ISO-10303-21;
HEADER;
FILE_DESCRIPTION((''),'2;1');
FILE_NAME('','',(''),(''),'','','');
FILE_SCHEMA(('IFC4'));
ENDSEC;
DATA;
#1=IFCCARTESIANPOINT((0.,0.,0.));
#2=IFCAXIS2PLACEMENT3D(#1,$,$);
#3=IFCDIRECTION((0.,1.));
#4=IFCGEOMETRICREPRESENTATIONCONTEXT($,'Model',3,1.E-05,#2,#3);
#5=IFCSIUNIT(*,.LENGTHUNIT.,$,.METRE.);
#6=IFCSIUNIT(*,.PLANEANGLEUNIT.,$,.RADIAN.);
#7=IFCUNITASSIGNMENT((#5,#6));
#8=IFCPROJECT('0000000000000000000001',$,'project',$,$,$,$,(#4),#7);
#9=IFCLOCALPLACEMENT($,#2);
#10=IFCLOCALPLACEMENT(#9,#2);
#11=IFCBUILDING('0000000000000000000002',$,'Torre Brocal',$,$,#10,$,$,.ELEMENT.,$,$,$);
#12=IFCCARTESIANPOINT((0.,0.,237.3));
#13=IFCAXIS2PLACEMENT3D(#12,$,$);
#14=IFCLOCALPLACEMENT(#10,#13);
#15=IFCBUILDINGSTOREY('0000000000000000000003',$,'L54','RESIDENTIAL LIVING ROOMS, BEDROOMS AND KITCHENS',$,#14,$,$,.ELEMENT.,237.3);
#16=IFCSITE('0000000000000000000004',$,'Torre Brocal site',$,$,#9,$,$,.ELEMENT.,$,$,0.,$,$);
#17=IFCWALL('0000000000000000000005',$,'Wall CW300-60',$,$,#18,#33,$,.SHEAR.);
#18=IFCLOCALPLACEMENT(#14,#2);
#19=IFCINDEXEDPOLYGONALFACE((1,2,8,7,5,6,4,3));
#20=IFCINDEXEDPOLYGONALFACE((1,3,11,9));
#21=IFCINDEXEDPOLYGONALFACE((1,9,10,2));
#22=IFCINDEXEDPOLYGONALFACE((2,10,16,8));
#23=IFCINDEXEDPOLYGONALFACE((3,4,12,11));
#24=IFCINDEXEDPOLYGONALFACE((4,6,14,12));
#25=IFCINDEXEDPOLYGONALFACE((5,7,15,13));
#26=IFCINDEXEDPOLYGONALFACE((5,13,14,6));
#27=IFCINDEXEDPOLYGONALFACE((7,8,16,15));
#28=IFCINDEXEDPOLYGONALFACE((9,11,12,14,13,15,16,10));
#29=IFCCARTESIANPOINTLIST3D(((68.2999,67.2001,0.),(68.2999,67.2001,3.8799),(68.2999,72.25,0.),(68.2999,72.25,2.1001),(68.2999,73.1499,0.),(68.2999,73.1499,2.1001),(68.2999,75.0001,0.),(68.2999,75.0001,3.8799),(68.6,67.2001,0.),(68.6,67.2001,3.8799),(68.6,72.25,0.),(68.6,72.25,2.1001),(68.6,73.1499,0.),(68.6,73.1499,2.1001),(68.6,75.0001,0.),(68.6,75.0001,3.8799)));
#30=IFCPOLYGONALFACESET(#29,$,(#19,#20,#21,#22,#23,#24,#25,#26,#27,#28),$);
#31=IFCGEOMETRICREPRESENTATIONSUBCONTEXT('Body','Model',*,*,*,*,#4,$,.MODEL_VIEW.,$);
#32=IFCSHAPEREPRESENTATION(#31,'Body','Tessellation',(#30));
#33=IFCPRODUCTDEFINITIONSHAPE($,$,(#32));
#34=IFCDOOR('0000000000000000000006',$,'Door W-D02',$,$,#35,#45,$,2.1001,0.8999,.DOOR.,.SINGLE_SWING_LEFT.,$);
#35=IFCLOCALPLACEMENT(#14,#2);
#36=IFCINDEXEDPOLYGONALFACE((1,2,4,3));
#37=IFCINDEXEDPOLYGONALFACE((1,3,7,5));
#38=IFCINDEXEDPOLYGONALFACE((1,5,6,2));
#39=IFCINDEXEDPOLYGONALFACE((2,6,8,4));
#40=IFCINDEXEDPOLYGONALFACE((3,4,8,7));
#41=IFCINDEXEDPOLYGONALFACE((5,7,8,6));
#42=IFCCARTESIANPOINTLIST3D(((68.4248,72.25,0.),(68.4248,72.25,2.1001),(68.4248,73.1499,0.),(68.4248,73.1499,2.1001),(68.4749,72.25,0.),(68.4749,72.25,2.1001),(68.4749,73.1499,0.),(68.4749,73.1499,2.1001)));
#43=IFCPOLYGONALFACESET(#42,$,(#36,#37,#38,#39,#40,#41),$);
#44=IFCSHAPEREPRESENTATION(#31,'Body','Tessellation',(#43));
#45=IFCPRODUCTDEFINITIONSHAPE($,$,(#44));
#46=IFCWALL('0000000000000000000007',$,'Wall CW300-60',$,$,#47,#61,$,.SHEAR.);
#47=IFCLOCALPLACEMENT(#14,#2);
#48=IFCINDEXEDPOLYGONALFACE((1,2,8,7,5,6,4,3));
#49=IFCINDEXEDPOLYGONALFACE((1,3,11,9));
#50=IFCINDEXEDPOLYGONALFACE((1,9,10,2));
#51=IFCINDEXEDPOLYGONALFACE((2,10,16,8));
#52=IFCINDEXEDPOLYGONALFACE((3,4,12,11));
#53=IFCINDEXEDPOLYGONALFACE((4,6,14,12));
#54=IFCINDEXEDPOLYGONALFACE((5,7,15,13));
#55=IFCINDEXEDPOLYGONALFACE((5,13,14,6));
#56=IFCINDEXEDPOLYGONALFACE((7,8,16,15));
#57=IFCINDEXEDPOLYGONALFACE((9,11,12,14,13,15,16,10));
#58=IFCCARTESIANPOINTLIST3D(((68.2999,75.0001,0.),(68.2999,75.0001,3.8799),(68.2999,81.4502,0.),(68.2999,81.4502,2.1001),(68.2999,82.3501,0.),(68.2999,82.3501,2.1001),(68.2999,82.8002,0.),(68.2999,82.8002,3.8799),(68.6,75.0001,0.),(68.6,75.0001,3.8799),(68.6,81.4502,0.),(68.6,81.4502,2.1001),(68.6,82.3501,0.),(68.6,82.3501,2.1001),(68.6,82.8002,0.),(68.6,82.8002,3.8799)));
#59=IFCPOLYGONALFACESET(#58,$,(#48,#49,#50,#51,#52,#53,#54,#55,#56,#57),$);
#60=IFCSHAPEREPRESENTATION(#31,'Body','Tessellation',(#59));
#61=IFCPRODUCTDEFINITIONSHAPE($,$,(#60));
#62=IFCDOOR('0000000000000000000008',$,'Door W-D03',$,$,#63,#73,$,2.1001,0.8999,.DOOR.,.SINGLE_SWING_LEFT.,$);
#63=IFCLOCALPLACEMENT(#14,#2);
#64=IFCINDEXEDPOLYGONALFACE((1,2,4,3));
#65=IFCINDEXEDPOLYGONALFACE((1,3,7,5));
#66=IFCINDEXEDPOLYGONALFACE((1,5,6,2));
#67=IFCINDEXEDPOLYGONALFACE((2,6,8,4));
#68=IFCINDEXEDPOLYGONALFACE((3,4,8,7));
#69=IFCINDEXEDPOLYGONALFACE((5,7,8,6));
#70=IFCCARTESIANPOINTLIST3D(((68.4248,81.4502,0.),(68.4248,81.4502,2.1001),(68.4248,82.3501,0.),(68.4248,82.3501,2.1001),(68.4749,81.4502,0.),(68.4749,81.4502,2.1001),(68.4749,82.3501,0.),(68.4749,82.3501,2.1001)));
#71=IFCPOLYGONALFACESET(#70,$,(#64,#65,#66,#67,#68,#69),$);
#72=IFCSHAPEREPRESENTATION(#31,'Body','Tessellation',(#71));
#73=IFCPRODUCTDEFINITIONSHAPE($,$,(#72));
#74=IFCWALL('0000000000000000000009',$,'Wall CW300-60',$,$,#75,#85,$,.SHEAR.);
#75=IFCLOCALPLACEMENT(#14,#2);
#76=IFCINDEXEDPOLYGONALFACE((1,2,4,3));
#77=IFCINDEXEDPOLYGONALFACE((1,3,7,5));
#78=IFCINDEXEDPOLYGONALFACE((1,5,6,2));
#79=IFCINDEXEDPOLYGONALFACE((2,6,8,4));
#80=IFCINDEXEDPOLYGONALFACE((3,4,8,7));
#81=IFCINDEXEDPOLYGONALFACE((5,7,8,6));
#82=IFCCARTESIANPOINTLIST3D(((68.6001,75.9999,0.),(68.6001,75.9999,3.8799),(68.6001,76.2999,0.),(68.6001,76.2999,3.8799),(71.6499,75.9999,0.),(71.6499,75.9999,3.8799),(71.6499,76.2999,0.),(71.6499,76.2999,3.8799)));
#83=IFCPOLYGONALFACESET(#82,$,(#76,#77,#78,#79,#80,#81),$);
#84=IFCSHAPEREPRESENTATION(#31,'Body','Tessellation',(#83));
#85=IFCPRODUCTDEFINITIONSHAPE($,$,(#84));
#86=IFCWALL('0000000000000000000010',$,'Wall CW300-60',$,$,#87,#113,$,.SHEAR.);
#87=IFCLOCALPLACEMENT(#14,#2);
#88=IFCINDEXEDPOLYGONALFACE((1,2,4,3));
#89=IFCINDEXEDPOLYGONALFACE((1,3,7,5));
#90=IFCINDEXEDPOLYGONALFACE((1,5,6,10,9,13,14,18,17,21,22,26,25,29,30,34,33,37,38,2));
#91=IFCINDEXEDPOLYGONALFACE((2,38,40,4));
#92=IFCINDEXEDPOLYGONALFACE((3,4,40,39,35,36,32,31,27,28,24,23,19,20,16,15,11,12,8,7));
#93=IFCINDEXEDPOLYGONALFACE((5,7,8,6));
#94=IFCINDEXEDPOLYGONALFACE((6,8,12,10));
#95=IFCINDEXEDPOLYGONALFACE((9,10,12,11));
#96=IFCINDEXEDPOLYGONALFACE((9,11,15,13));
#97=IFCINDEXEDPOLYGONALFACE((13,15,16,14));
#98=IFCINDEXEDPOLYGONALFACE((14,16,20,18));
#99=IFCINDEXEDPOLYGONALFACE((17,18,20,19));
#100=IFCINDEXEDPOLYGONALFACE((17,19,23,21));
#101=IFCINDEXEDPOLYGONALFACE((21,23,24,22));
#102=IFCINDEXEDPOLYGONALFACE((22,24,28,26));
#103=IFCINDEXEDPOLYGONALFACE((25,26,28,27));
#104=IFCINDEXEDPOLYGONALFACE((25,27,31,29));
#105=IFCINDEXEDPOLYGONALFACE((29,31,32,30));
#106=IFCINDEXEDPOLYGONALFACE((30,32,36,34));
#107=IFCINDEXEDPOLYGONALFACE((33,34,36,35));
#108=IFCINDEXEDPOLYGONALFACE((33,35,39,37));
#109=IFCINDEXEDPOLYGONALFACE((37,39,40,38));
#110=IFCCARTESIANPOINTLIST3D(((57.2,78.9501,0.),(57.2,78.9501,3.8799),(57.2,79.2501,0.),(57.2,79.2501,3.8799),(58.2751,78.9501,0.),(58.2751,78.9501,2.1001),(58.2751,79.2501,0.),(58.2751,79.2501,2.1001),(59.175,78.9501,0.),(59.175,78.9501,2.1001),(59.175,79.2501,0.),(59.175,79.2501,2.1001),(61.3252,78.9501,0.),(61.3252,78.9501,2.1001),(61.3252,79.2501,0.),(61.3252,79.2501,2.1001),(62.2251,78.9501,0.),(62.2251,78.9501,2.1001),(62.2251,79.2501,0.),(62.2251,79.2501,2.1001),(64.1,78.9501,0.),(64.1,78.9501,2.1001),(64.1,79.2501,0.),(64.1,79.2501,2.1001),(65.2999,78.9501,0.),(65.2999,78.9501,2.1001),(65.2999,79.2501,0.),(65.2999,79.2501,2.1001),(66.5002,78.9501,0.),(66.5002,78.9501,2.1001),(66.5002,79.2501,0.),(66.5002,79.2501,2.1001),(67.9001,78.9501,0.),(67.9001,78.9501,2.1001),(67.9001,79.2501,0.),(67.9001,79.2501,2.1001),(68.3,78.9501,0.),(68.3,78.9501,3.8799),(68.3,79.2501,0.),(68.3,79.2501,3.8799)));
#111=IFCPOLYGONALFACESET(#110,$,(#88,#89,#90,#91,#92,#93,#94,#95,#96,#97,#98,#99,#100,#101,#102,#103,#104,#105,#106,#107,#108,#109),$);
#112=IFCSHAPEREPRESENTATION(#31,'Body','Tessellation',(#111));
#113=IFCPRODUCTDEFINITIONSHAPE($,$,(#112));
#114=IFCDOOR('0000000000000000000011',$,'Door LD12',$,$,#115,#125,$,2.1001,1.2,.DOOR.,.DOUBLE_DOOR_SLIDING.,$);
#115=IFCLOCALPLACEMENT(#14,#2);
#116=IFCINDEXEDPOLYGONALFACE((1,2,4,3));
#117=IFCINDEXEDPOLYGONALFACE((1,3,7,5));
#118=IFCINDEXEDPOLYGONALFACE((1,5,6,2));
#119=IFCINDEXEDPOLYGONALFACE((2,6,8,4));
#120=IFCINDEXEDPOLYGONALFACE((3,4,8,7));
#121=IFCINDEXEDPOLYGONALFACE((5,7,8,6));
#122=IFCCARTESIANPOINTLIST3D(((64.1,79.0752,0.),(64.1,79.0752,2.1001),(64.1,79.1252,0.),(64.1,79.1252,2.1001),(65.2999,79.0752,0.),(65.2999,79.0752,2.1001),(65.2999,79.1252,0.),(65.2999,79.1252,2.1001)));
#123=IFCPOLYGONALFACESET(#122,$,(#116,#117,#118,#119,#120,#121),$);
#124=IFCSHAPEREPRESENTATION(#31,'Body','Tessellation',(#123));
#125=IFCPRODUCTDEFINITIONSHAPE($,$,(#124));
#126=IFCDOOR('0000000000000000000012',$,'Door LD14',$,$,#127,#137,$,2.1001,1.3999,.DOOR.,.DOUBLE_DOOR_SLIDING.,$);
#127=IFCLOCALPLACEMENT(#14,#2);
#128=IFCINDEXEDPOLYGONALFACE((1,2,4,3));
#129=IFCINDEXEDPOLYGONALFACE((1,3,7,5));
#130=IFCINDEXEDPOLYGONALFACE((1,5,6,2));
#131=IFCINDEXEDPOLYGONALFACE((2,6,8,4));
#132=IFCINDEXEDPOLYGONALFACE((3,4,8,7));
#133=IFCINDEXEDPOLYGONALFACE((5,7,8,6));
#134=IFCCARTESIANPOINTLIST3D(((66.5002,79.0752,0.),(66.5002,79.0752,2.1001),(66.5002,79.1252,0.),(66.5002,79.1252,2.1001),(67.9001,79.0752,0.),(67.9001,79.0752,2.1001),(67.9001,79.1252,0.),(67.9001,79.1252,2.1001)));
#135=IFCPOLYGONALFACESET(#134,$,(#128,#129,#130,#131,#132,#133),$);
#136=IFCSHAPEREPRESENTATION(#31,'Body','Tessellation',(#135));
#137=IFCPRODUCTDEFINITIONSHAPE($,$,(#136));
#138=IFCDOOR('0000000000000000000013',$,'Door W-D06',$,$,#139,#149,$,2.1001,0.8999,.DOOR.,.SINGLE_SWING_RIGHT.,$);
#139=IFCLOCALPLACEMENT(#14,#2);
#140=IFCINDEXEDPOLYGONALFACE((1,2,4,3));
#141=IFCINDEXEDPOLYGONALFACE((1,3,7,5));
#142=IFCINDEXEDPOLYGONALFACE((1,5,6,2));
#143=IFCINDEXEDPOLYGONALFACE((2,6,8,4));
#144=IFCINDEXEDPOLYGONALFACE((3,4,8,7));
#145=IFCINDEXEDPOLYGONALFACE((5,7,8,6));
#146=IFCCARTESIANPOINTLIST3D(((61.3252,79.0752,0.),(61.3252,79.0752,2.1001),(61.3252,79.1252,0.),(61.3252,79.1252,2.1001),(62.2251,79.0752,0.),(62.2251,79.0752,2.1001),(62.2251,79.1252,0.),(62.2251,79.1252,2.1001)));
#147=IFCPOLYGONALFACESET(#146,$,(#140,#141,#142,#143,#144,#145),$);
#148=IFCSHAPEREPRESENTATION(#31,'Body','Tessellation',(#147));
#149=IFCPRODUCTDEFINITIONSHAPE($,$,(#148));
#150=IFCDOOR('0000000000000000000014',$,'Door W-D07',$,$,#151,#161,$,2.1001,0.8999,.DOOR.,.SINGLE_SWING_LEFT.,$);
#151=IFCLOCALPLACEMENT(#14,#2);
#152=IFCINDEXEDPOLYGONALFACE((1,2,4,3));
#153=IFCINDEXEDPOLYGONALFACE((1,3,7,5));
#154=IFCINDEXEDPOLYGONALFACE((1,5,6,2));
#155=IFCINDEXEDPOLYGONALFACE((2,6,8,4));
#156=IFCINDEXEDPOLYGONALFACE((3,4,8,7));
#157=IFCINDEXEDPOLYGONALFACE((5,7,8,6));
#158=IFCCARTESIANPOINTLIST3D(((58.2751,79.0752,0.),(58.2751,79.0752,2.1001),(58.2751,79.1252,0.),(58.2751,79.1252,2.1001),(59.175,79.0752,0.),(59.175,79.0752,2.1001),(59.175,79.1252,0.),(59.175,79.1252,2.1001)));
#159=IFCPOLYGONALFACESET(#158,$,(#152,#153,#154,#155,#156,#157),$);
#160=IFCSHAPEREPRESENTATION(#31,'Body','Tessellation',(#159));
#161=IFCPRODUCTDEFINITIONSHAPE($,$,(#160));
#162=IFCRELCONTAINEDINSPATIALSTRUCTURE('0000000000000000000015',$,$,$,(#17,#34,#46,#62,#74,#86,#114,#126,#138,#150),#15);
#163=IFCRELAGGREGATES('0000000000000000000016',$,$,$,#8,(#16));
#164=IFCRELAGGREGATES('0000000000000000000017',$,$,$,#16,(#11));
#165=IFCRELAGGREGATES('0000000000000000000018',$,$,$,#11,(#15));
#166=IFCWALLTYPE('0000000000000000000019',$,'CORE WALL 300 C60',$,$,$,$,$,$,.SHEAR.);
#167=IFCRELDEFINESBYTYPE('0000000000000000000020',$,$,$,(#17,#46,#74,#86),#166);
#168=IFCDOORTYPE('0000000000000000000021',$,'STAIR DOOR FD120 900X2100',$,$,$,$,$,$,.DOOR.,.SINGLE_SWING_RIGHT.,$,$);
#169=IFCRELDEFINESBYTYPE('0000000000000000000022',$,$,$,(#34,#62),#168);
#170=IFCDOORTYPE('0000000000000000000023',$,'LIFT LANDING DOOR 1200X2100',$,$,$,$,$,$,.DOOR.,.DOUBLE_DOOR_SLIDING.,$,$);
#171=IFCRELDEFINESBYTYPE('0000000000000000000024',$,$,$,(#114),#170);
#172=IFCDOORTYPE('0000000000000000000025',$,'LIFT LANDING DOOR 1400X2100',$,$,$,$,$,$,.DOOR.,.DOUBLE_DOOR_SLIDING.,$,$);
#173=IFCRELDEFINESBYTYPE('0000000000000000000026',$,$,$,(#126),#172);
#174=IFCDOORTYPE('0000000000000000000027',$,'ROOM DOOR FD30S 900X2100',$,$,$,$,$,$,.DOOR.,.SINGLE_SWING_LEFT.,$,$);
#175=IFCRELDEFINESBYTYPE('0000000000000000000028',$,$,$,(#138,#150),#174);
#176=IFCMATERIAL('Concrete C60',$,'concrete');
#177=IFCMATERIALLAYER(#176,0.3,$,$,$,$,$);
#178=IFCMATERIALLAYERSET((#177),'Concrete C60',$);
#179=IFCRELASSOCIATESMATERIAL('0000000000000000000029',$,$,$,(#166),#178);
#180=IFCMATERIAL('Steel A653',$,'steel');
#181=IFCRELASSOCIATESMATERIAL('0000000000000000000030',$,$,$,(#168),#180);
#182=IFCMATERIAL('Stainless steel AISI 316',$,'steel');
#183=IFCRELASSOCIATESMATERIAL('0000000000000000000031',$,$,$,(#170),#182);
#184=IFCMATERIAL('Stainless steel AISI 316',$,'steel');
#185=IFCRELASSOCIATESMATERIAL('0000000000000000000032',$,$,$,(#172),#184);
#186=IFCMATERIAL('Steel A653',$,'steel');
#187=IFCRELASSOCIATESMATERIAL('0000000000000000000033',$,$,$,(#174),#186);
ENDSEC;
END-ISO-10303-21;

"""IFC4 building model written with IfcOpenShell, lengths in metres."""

from ifc_helpers import new_model, si_unit, direction, frame, frame_2d, origin, place, context, subcontext, project, spatial, rectangle, extrude, material, layer, layer_set, type_object, element, fill, save


model = new_model("IFC4")

# Units and contexts
model_context = context("Model", 3, precision=1e-05, world=origin(), true_north=direction((0.0, 1.0)))
body_context = subcontext(model_context, "Body", "Model", "MODEL_VIEW")
ifc_project = project(units=[si_unit("LENGTHUNIT", "METRE"), si_unit("PLANEANGLEUNIT", "RADIAN")], contexts=[model_context])

# Site, building, storey
site_placement = place(None, origin())
site = spatial("IfcSite", under=ifc_project, at=site_placement, Name="Torre Brocal site", CompositionType="ELEMENT", RefElevation=0.0)
building_placement = place(site_placement, origin())
building = spatial("IfcBuilding", under=site, at=building_placement, Name="Torre Brocal", CompositionType="ELEMENT")
storey_placement = place(building_placement, frame((0.0, 0.0, 237.3)))
storey = spatial("IfcBuildingStorey", under=building, at=storey_placement, Name="L54", Description="RESIDENTIAL LIVING ROOMS, BEDROOMS AND KITCHENS", CompositionType="ELEMENT", Elevation=237.3)

# Walls, openings, doors
ifc_material_1 = material(Name="Concrete C60", Category="concrete")
ifc_layer_1 = layer(ifc_material_1, 0.3)
ifc_layer_set_1 = layer_set([ifc_layer_1], Name="Concrete C60")
wall_type_1 = type_object("IfcWallType", Name="CORE WALL 300 C60", PredefinedType="SHEAR", material=ifc_layer_set_1)
wall_1_placement = place(storey_placement, frame((68.45, 75.0, 0.0), z_axis=(0.0, 0.0, 1.0), x_axis=(0.0, -1.0, 0.0)))
wall_1 = element("IfcWall", 1, at=wall_1_placement, inside=storey, type_object=wall_type_1, Name="Wall CW300-60", PredefinedType="SHEAR", context=body_context, shape_type="SweptSolid", body=[
    extrude(rectangle(XDim=7.8, YDim=0.3, at=frame_2d((3.8999, 0.0))), origin(), (0.0, 0.0, 1.0), 3.8799),
])
opening_1_placement = place(wall_1_placement, frame((1.8501, 0.0, 0.0)))
opening_1 = element("IfcOpeningElement", 2, at=opening_1_placement, cuts=wall_1, PredefinedType="OPENING", context=body_context, shape_type="SweptSolid", body=[
    extrude(rectangle(XDim=0.8999, YDim=2.1001, at=frame_2d((0.45, 1.05))), frame((0.0, 0.1599, 0.0), z_axis=(0.0, -1.0, 0.0), x_axis=(1.0, 0.0, 0.0)), (0.0, 0.0, 1.0), 0.3201),
])
ifc_material_2 = material(Name="Steel A653", Category="steel")
door_type_1 = type_object("IfcDoorType", Name="STAIR DOOR FD120 900X2100", OperationType="SINGLE_SWING_RIGHT", PredefinedType="DOOR", material=ifc_material_2)
door_1_placement = place(opening_1_placement, origin())
door_1 = element("IfcDoor", 3, at=door_1_placement, inside=storey, type_object=door_type_1, Name="Door W-D02", OperationType="SINGLE_SWING_LEFT", OverallHeight=2.1001, OverallWidth=0.8999, PredefinedType="DOOR", context=body_context, shape_type="SweptSolid", body=[
    extrude(rectangle(XDim=0.8999, YDim=2.1001, at=frame_2d((0.45, 1.05))), frame((0.0, 0.0249, 0.0), z_axis=(0.0, -1.0, 0.0), x_axis=(1.0, 0.0, 0.0)), (0.0, 0.0, 1.0), 0.05),
])
fill(opening_1, door_1)
wall_2_placement = place(storey_placement, frame((68.45, 82.8, 0.0), z_axis=(0.0, 0.0, 1.0), x_axis=(0.0, -1.0, 0.0)))
wall_2 = element("IfcWall", 4, at=wall_2_placement, inside=storey, type_object=wall_type_1, Name="Wall CW300-60", PredefinedType="SHEAR", context=body_context, shape_type="SweptSolid", body=[
    extrude(rectangle(XDim=7.8, YDim=0.3, at=frame_2d((3.8999, 0.0))), origin(), (0.0, 0.0, 1.0), 3.8799),
])
opening_2_placement = place(wall_2_placement, frame((0.45, 0.0, 0.0)))
opening_2 = element("IfcOpeningElement", 5, at=opening_2_placement, cuts=wall_2, PredefinedType="OPENING", context=body_context, shape_type="SweptSolid", body=[
    extrude(rectangle(XDim=0.8999, YDim=2.1001, at=frame_2d((0.45, 1.05))), frame((0.0, 0.1599, 0.0), z_axis=(0.0, -1.0, 0.0), x_axis=(1.0, 0.0, 0.0)), (0.0, 0.0, 1.0), 0.3201),
])
door_2_placement = place(opening_2_placement, origin())
door_2 = element("IfcDoor", 6, at=door_2_placement, inside=storey, type_object=door_type_1, Name="Door W-D03", OperationType="SINGLE_SWING_LEFT", OverallHeight=2.1001, OverallWidth=0.8999, PredefinedType="DOOR", context=body_context, shape_type="SweptSolid", body=[
    extrude(rectangle(XDim=0.8999, YDim=2.1001, at=frame_2d((0.45, 1.05))), frame((0.0, 0.0249, 0.0), z_axis=(0.0, -1.0, 0.0), x_axis=(1.0, 0.0, 0.0)), (0.0, 0.0, 1.0), 0.05),
])
fill(opening_2, door_2)

# Wall
wall_3_placement = place(storey_placement, frame((71.6499, 76.1499, 0.0), z_axis=(0.0, 0.0, 1.0), x_axis=(-1.0, 0.0, 0.0)))
element("IfcWall", 7, at=wall_3_placement, inside=storey, type_object=wall_type_1, Name="Wall CW300-60", PredefinedType="SHEAR", context=body_context, shape_type="SweptSolid", body=[
    extrude(rectangle(XDim=3.0498, YDim=0.3, at=frame_2d((1.5249, 0.0))), origin(), (0.0, 0.0, 1.0), 3.8799),
])

# Wall, openings, doors
wall_4_placement = place(storey_placement, frame((68.3, 79.1001, 0.0), z_axis=(0.0, 0.0, 1.0), x_axis=(-1.0, 0.0, 0.0)))
wall_4 = element("IfcWall", 8, at=wall_4_placement, inside=storey, type_object=wall_type_1, Name="Wall CW300-60", PredefinedType="SHEAR", context=body_context, shape_type="SweptSolid", body=[
    extrude(rectangle(XDim=11.1001, YDim=0.3, at=frame_2d((5.55, 0.0))), origin(), (0.0, 0.0, 1.0), 3.8799),
])
opening_3_placement = place(wall_4_placement, frame((0.3999, 0.0, 0.0)))
opening_3 = element("IfcOpeningElement", 9, at=opening_3_placement, cuts=wall_4, PredefinedType="OPENING", context=body_context, shape_type="SweptSolid", body=[
    extrude(rectangle(XDim=1.3999, YDim=2.1001, at=frame_2d((0.7, 1.05))), frame((0.0, 0.1599, 0.0), z_axis=(0.0, -1.0, 0.0), x_axis=(1.0, 0.0, 0.0)), (0.0, 0.0, 1.0), 0.3201),
])
opening_4_placement = place(wall_4_placement, frame((3.0, 0.0, 0.0)))
opening_4 = element("IfcOpeningElement", 10, at=opening_4_placement, cuts=wall_4, PredefinedType="OPENING", context=body_context, shape_type="SweptSolid", body=[
    extrude(rectangle(XDim=1.2, YDim=2.1001, at=frame_2d((0.6001, 1.05))), frame((0.0, 0.1599, 0.0), z_axis=(0.0, -1.0, 0.0), x_axis=(1.0, 0.0, 0.0)), (0.0, 0.0, 1.0), 0.3201),
])
opening_5_placement = place(wall_4_placement, frame((6.075, 0.0, 0.0)))
opening_5 = element("IfcOpeningElement", 11, at=opening_5_placement, cuts=wall_4, PredefinedType="OPENING", context=body_context, shape_type="SweptSolid", body=[
    extrude(rectangle(XDim=0.8999, YDim=2.1001, at=frame_2d((0.45, 1.05))), frame((0.0, 0.1599, 0.0), z_axis=(0.0, -1.0, 0.0), x_axis=(1.0, 0.0, 0.0)), (0.0, 0.0, 1.0), 0.3201),
])
opening_6_placement = place(wall_4_placement, frame((9.125, 0.0, 0.0)))
opening_6 = element("IfcOpeningElement", 12, at=opening_6_placement, cuts=wall_4, PredefinedType="OPENING", context=body_context, shape_type="SweptSolid", body=[
    extrude(rectangle(XDim=0.8999, YDim=2.1001, at=frame_2d((0.45, 1.05))), frame((0.0, 0.1599, 0.0), z_axis=(0.0, -1.0, 0.0), x_axis=(1.0, 0.0, 0.0)), (0.0, 0.0, 1.0), 0.3201),
])
ifc_material_3 = material(Name="Stainless steel AISI 316", Category="steel")
door_type_2 = type_object("IfcDoorType", Name="LIFT LANDING DOOR 1200X2100", OperationType="DOUBLE_DOOR_SLIDING", PredefinedType="DOOR", material=ifc_material_3)
door_3_placement = place(opening_4_placement, origin())
door_3 = element("IfcDoor", 13, at=door_3_placement, inside=storey, type_object=door_type_2, Name="Door LD12", OperationType="DOUBLE_DOOR_SLIDING", OverallHeight=2.1001, OverallWidth=1.2, PredefinedType="DOOR", context=body_context, shape_type="SweptSolid", body=[
    extrude(rectangle(XDim=1.2, YDim=2.1001, at=frame_2d((0.6001, 1.05))), frame((0.0, 0.0249, 0.0), z_axis=(0.0, -1.0, 0.0), x_axis=(1.0, 0.0, 0.0)), (0.0, 0.0, 1.0), 0.05),
])
fill(opening_4, door_3)
ifc_material_4 = material(Name="Stainless steel AISI 316", Category="steel")
door_type_3 = type_object("IfcDoorType", Name="LIFT LANDING DOOR 1400X2100", OperationType="DOUBLE_DOOR_SLIDING", PredefinedType="DOOR", material=ifc_material_4)
door_4_placement = place(opening_3_placement, origin())
door_4 = element("IfcDoor", 14, at=door_4_placement, inside=storey, type_object=door_type_3, Name="Door LD14", OperationType="DOUBLE_DOOR_SLIDING", OverallHeight=2.1001, OverallWidth=1.3999, PredefinedType="DOOR", context=body_context, shape_type="SweptSolid", body=[
    extrude(rectangle(XDim=1.3999, YDim=2.1001, at=frame_2d((0.7, 1.05))), frame((0.0, 0.0249, 0.0), z_axis=(0.0, -1.0, 0.0), x_axis=(1.0, 0.0, 0.0)), (0.0, 0.0, 1.0), 0.05),
])
fill(opening_3, door_4)
ifc_material_5 = material(Name="Steel A653", Category="steel")
door_type_4 = type_object("IfcDoorType", Name="ROOM DOOR FD30S 900X2100", OperationType="SINGLE_SWING_LEFT", PredefinedType="DOOR", material=ifc_material_5)
door_5_placement = place(opening_5_placement, origin())
door_5 = element("IfcDoor", 15, at=door_5_placement, inside=storey, type_object=door_type_4, Name="Door W-D06", OperationType="SINGLE_SWING_RIGHT", OverallHeight=2.1001, OverallWidth=0.8999, PredefinedType="DOOR", context=body_context, shape_type="SweptSolid", body=[
    extrude(rectangle(XDim=0.8999, YDim=2.1001, at=frame_2d((0.45, 1.05))), frame((0.0, 0.0249, 0.0), z_axis=(0.0, -1.0, 0.0), x_axis=(1.0, 0.0, 0.0)), (0.0, 0.0, 1.0), 0.05),
])
fill(opening_5, door_5)
door_6_placement = place(opening_6_placement, origin())
door_6 = element("IfcDoor", 16, at=door_6_placement, inside=storey, type_object=door_type_4, Name="Door W-D07", OperationType="SINGLE_SWING_LEFT", OverallHeight=2.1001, OverallWidth=0.8999, PredefinedType="DOOR", context=body_context, shape_type="SweptSolid", body=[
    extrude(rectangle(XDim=0.8999, YDim=2.1001, at=frame_2d((0.45, 1.05))), frame((0.0, 0.0249, 0.0), z_axis=(0.0, -1.0, 0.0), x_axis=(1.0, 0.0, 0.0)), (0.0, 0.0, 1.0), 0.05),
])
fill(opening_6, door_6)

save(model, "model.ifc")
